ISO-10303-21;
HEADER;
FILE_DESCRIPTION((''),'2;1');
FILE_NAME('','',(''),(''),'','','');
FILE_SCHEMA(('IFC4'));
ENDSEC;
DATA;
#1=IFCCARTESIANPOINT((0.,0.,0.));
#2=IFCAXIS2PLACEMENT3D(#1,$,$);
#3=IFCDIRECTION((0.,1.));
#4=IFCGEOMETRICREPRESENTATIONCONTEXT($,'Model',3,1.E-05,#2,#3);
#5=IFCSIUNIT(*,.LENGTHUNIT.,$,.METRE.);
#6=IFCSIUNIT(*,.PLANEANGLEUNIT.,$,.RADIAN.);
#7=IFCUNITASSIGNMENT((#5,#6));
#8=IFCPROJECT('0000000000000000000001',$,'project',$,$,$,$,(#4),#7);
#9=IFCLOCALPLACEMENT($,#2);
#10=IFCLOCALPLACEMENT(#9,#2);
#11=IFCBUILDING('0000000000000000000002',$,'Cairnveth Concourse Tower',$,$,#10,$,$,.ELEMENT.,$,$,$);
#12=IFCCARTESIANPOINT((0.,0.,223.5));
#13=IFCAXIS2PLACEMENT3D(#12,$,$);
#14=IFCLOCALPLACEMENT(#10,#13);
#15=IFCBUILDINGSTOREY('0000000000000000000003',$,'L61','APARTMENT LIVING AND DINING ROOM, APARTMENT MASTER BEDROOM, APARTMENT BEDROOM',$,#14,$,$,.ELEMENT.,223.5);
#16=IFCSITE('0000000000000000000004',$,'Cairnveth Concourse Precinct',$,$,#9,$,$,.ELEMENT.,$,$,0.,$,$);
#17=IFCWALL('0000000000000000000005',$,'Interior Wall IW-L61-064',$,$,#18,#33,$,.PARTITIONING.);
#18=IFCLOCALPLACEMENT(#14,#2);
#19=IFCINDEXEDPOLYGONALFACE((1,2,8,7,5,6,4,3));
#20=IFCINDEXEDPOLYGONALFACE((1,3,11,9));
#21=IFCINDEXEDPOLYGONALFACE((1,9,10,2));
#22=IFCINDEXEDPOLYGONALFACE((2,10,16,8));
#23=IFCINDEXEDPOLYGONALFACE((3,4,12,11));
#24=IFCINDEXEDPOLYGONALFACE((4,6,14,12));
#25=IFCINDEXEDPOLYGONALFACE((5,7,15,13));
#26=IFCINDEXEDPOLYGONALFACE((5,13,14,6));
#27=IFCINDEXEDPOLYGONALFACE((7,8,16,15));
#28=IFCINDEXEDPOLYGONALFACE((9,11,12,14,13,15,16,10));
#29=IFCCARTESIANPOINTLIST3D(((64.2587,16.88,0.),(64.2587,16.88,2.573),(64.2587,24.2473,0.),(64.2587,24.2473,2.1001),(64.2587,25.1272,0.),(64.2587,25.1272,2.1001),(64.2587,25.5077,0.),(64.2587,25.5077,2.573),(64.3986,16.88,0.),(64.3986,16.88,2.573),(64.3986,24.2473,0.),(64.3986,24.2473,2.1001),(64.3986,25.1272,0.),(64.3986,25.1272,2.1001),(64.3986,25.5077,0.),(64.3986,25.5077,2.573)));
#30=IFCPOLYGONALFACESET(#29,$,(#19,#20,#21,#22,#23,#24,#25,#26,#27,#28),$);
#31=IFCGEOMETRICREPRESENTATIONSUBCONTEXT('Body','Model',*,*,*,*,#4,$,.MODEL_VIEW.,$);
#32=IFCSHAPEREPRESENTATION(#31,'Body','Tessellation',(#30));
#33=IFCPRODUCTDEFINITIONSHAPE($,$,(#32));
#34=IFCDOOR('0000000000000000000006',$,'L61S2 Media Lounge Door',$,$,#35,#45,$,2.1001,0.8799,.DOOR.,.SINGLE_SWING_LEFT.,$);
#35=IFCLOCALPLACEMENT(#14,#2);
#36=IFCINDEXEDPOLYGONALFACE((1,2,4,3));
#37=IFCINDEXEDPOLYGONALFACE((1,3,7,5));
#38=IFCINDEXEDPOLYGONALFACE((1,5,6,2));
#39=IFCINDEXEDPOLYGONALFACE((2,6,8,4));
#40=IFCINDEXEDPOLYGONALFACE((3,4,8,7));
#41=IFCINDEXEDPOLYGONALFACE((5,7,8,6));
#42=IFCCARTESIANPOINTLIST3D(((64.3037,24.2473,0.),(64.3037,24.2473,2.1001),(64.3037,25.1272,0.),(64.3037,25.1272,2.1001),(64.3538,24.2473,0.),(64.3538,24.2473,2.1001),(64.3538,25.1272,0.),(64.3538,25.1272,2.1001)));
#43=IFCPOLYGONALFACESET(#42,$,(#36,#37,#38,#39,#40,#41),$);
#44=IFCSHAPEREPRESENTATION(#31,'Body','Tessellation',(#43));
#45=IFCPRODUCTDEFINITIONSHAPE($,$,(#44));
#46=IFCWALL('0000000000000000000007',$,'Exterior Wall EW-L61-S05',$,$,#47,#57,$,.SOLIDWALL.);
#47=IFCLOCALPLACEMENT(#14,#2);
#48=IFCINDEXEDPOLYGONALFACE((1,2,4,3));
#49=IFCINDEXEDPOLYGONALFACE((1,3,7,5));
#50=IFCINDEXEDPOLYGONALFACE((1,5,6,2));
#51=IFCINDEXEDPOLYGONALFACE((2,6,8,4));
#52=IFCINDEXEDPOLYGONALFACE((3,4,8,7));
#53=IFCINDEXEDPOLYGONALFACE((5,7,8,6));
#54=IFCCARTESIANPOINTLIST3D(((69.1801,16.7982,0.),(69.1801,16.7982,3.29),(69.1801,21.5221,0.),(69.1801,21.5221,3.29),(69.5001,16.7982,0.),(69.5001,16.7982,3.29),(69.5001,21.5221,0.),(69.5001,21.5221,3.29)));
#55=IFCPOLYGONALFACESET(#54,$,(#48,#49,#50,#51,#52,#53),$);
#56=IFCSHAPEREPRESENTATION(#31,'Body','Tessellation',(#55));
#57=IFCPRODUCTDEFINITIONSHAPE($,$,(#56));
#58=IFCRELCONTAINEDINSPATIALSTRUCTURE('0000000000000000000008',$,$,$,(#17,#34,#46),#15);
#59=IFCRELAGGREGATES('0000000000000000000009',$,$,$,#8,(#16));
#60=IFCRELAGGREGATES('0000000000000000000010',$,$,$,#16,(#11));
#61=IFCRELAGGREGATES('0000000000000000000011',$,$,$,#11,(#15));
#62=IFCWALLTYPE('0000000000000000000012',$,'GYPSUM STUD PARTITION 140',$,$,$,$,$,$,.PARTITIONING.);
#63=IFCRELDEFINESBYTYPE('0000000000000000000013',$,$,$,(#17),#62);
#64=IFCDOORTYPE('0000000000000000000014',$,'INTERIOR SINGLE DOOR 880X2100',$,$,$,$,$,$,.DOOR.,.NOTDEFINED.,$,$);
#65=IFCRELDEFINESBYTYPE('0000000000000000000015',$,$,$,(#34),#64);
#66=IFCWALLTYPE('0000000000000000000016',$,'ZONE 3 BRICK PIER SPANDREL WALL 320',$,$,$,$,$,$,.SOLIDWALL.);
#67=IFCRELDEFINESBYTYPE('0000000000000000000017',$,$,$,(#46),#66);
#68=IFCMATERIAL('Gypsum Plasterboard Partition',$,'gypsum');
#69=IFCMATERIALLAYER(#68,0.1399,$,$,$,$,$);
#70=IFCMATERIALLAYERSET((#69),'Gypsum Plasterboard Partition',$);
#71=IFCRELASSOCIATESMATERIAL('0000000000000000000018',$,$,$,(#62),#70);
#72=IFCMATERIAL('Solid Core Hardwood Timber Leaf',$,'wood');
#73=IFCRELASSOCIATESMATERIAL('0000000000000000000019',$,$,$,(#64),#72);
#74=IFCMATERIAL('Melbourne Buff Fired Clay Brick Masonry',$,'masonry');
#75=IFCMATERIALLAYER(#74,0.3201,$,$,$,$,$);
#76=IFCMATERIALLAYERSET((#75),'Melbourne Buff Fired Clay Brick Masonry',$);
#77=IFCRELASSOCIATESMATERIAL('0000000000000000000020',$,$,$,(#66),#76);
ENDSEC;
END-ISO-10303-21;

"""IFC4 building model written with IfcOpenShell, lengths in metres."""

from ifc_helpers import new_model, si_unit, direction, frame, frame_2d, origin, place, context, subcontext, project, spatial, rectangle, extrude, material, layer, layer_set, type_object, element, fill, save


model = new_model("IFC4")

# Units and contexts
model_context = context("Model", 3, precision=1e-05, world=origin(), true_north=direction((0.0, 1.0)))
body_context = subcontext(model_context, "Body", "Model", "MODEL_VIEW")
ifc_project = project(units=[si_unit("LENGTHUNIT", "METRE"), si_unit("PLANEANGLEUNIT", "RADIAN")], contexts=[model_context])

# Site, building, storey
site_placement = place(None, origin())
site = spatial("IfcSite", under=ifc_project, at=site_placement, Name="Cairnveth Concourse Precinct", CompositionType="ELEMENT", RefElevation=0.0)
building_placement = place(site_placement, origin())
building = spatial("IfcBuilding", under=site, at=building_placement, Name="Cairnveth Concourse Tower", CompositionType="ELEMENT")
storey_placement = place(building_placement, frame((0.0, 0.0, 223.5)))
storey = spatial("IfcBuildingStorey", under=building, at=storey_placement, Name="L61", Description="APARTMENT LIVING AND DINING ROOM, APARTMENT MASTER BEDROOM, APARTMENT BEDROOM", CompositionType="ELEMENT", Elevation=223.5)

# Wall, opening, door
ifc_material_1 = material(Name="Gypsum Plasterboard Partition", Category="gypsum")
ifc_layer_1 = layer(ifc_material_1, 0.1399)
ifc_layer_set_1 = layer_set([ifc_layer_1], Name="Gypsum Plasterboard Partition")
wall_type_1 = type_object("IfcWallType", Name="GYPSUM STUD PARTITION 140", PredefinedType="PARTITIONING", material=ifc_layer_set_1)
ifc_material_2 = material(Name="Solid Core Hardwood Timber Leaf", Category="wood")
door_type = type_object("IfcDoorType", Name="INTERIOR SINGLE DOOR 880X2100", OperationType="NOTDEFINED", PredefinedType="DOOR", material=ifc_material_2)
wall_1_placement = place(storey_placement, frame((64.3286, 16.8799, 0.0), z_axis=(0.0, 0.0, 1.0), x_axis=(0.0, 1.0, 0.0)))
wall_1 = element("IfcWall", 1, at=wall_1_placement, inside=storey, type_object=wall_type_1, Name="Interior Wall IW-L61-064", PredefinedType="PARTITIONING", context=body_context, shape_type="SweptSolid", body=[
    extrude(rectangle(XDim=8.6277, YDim=0.1399, at=frame_2d((4.314, 0.0))), origin(), (0.0, 0.0, 1.0), 2.573),
])
opening_1_placement = place(wall_1_placement, frame((7.3674, 0.0, 0.0)))
opening_1 = element("IfcOpeningElement", 2, at=opening_1_placement, cuts=wall_1, PredefinedType="OPENING", context=body_context, shape_type="SweptSolid", body=[
    extrude(rectangle(XDim=0.8799, YDim=2.1001, at=frame_2d((0.4399, 1.05))), frame((0.0, 0.0798, 0.0), z_axis=(0.0, -1.0, 0.0), x_axis=(1.0, 0.0, 0.0)), (0.0, 0.0, 1.0), 0.1599),
])
door_1_placement = place(opening_1_placement, origin())
door_1 = element("IfcDoor", 3, at=door_1_placement, inside=storey, type_object=door_type, Name="L61S2 Media Lounge Door", OperationType="SINGLE_SWING_LEFT", OverallHeight=2.1001, OverallWidth=0.8799, PredefinedType="DOOR", context=body_context, shape_type="SweptSolid", body=[
    extrude(rectangle(XDim=0.8799, YDim=2.1001, at=frame_2d((0.4399, 1.05))), frame((0.0, 0.0249, 0.0), z_axis=(0.0, -1.0, 0.0), x_axis=(1.0, 0.0, 0.0)), (0.0, 0.0, 1.0), 0.05),
])
fill(opening_1, door_1)

# Wall
ifc_material_3 = material(Name="Melbourne Buff Fired Clay Brick Masonry", Category="masonry")
ifc_layer_2 = layer(ifc_material_3, 0.3201)
ifc_layer_set_2 = layer_set([ifc_layer_2], Name="Melbourne Buff Fired Clay Brick Masonry")
wall_type_2 = type_object("IfcWallType", Name="ZONE 3 BRICK PIER SPANDREL WALL 320", PredefinedType="SOLIDWALL", material=ifc_layer_set_2)
wall_2_placement = place(storey_placement, frame((69.3401, 21.522, 0.0), z_axis=(0.0, 0.0, 1.0), x_axis=(0.0, -1.0, 0.0)))
element("IfcWall", 4, at=wall_2_placement, inside=storey, type_object=wall_type_2, Name="Exterior Wall EW-L61-S05", PredefinedType="SOLIDWALL", context=body_context, shape_type="SweptSolid", body=[
    extrude(rectangle(XDim=4.7239, YDim=0.3201, at=frame_2d((2.3618, 0.0))), origin(), (0.0, 0.0, 1.0), 3.29),
])

save(model, "model.ifc")
